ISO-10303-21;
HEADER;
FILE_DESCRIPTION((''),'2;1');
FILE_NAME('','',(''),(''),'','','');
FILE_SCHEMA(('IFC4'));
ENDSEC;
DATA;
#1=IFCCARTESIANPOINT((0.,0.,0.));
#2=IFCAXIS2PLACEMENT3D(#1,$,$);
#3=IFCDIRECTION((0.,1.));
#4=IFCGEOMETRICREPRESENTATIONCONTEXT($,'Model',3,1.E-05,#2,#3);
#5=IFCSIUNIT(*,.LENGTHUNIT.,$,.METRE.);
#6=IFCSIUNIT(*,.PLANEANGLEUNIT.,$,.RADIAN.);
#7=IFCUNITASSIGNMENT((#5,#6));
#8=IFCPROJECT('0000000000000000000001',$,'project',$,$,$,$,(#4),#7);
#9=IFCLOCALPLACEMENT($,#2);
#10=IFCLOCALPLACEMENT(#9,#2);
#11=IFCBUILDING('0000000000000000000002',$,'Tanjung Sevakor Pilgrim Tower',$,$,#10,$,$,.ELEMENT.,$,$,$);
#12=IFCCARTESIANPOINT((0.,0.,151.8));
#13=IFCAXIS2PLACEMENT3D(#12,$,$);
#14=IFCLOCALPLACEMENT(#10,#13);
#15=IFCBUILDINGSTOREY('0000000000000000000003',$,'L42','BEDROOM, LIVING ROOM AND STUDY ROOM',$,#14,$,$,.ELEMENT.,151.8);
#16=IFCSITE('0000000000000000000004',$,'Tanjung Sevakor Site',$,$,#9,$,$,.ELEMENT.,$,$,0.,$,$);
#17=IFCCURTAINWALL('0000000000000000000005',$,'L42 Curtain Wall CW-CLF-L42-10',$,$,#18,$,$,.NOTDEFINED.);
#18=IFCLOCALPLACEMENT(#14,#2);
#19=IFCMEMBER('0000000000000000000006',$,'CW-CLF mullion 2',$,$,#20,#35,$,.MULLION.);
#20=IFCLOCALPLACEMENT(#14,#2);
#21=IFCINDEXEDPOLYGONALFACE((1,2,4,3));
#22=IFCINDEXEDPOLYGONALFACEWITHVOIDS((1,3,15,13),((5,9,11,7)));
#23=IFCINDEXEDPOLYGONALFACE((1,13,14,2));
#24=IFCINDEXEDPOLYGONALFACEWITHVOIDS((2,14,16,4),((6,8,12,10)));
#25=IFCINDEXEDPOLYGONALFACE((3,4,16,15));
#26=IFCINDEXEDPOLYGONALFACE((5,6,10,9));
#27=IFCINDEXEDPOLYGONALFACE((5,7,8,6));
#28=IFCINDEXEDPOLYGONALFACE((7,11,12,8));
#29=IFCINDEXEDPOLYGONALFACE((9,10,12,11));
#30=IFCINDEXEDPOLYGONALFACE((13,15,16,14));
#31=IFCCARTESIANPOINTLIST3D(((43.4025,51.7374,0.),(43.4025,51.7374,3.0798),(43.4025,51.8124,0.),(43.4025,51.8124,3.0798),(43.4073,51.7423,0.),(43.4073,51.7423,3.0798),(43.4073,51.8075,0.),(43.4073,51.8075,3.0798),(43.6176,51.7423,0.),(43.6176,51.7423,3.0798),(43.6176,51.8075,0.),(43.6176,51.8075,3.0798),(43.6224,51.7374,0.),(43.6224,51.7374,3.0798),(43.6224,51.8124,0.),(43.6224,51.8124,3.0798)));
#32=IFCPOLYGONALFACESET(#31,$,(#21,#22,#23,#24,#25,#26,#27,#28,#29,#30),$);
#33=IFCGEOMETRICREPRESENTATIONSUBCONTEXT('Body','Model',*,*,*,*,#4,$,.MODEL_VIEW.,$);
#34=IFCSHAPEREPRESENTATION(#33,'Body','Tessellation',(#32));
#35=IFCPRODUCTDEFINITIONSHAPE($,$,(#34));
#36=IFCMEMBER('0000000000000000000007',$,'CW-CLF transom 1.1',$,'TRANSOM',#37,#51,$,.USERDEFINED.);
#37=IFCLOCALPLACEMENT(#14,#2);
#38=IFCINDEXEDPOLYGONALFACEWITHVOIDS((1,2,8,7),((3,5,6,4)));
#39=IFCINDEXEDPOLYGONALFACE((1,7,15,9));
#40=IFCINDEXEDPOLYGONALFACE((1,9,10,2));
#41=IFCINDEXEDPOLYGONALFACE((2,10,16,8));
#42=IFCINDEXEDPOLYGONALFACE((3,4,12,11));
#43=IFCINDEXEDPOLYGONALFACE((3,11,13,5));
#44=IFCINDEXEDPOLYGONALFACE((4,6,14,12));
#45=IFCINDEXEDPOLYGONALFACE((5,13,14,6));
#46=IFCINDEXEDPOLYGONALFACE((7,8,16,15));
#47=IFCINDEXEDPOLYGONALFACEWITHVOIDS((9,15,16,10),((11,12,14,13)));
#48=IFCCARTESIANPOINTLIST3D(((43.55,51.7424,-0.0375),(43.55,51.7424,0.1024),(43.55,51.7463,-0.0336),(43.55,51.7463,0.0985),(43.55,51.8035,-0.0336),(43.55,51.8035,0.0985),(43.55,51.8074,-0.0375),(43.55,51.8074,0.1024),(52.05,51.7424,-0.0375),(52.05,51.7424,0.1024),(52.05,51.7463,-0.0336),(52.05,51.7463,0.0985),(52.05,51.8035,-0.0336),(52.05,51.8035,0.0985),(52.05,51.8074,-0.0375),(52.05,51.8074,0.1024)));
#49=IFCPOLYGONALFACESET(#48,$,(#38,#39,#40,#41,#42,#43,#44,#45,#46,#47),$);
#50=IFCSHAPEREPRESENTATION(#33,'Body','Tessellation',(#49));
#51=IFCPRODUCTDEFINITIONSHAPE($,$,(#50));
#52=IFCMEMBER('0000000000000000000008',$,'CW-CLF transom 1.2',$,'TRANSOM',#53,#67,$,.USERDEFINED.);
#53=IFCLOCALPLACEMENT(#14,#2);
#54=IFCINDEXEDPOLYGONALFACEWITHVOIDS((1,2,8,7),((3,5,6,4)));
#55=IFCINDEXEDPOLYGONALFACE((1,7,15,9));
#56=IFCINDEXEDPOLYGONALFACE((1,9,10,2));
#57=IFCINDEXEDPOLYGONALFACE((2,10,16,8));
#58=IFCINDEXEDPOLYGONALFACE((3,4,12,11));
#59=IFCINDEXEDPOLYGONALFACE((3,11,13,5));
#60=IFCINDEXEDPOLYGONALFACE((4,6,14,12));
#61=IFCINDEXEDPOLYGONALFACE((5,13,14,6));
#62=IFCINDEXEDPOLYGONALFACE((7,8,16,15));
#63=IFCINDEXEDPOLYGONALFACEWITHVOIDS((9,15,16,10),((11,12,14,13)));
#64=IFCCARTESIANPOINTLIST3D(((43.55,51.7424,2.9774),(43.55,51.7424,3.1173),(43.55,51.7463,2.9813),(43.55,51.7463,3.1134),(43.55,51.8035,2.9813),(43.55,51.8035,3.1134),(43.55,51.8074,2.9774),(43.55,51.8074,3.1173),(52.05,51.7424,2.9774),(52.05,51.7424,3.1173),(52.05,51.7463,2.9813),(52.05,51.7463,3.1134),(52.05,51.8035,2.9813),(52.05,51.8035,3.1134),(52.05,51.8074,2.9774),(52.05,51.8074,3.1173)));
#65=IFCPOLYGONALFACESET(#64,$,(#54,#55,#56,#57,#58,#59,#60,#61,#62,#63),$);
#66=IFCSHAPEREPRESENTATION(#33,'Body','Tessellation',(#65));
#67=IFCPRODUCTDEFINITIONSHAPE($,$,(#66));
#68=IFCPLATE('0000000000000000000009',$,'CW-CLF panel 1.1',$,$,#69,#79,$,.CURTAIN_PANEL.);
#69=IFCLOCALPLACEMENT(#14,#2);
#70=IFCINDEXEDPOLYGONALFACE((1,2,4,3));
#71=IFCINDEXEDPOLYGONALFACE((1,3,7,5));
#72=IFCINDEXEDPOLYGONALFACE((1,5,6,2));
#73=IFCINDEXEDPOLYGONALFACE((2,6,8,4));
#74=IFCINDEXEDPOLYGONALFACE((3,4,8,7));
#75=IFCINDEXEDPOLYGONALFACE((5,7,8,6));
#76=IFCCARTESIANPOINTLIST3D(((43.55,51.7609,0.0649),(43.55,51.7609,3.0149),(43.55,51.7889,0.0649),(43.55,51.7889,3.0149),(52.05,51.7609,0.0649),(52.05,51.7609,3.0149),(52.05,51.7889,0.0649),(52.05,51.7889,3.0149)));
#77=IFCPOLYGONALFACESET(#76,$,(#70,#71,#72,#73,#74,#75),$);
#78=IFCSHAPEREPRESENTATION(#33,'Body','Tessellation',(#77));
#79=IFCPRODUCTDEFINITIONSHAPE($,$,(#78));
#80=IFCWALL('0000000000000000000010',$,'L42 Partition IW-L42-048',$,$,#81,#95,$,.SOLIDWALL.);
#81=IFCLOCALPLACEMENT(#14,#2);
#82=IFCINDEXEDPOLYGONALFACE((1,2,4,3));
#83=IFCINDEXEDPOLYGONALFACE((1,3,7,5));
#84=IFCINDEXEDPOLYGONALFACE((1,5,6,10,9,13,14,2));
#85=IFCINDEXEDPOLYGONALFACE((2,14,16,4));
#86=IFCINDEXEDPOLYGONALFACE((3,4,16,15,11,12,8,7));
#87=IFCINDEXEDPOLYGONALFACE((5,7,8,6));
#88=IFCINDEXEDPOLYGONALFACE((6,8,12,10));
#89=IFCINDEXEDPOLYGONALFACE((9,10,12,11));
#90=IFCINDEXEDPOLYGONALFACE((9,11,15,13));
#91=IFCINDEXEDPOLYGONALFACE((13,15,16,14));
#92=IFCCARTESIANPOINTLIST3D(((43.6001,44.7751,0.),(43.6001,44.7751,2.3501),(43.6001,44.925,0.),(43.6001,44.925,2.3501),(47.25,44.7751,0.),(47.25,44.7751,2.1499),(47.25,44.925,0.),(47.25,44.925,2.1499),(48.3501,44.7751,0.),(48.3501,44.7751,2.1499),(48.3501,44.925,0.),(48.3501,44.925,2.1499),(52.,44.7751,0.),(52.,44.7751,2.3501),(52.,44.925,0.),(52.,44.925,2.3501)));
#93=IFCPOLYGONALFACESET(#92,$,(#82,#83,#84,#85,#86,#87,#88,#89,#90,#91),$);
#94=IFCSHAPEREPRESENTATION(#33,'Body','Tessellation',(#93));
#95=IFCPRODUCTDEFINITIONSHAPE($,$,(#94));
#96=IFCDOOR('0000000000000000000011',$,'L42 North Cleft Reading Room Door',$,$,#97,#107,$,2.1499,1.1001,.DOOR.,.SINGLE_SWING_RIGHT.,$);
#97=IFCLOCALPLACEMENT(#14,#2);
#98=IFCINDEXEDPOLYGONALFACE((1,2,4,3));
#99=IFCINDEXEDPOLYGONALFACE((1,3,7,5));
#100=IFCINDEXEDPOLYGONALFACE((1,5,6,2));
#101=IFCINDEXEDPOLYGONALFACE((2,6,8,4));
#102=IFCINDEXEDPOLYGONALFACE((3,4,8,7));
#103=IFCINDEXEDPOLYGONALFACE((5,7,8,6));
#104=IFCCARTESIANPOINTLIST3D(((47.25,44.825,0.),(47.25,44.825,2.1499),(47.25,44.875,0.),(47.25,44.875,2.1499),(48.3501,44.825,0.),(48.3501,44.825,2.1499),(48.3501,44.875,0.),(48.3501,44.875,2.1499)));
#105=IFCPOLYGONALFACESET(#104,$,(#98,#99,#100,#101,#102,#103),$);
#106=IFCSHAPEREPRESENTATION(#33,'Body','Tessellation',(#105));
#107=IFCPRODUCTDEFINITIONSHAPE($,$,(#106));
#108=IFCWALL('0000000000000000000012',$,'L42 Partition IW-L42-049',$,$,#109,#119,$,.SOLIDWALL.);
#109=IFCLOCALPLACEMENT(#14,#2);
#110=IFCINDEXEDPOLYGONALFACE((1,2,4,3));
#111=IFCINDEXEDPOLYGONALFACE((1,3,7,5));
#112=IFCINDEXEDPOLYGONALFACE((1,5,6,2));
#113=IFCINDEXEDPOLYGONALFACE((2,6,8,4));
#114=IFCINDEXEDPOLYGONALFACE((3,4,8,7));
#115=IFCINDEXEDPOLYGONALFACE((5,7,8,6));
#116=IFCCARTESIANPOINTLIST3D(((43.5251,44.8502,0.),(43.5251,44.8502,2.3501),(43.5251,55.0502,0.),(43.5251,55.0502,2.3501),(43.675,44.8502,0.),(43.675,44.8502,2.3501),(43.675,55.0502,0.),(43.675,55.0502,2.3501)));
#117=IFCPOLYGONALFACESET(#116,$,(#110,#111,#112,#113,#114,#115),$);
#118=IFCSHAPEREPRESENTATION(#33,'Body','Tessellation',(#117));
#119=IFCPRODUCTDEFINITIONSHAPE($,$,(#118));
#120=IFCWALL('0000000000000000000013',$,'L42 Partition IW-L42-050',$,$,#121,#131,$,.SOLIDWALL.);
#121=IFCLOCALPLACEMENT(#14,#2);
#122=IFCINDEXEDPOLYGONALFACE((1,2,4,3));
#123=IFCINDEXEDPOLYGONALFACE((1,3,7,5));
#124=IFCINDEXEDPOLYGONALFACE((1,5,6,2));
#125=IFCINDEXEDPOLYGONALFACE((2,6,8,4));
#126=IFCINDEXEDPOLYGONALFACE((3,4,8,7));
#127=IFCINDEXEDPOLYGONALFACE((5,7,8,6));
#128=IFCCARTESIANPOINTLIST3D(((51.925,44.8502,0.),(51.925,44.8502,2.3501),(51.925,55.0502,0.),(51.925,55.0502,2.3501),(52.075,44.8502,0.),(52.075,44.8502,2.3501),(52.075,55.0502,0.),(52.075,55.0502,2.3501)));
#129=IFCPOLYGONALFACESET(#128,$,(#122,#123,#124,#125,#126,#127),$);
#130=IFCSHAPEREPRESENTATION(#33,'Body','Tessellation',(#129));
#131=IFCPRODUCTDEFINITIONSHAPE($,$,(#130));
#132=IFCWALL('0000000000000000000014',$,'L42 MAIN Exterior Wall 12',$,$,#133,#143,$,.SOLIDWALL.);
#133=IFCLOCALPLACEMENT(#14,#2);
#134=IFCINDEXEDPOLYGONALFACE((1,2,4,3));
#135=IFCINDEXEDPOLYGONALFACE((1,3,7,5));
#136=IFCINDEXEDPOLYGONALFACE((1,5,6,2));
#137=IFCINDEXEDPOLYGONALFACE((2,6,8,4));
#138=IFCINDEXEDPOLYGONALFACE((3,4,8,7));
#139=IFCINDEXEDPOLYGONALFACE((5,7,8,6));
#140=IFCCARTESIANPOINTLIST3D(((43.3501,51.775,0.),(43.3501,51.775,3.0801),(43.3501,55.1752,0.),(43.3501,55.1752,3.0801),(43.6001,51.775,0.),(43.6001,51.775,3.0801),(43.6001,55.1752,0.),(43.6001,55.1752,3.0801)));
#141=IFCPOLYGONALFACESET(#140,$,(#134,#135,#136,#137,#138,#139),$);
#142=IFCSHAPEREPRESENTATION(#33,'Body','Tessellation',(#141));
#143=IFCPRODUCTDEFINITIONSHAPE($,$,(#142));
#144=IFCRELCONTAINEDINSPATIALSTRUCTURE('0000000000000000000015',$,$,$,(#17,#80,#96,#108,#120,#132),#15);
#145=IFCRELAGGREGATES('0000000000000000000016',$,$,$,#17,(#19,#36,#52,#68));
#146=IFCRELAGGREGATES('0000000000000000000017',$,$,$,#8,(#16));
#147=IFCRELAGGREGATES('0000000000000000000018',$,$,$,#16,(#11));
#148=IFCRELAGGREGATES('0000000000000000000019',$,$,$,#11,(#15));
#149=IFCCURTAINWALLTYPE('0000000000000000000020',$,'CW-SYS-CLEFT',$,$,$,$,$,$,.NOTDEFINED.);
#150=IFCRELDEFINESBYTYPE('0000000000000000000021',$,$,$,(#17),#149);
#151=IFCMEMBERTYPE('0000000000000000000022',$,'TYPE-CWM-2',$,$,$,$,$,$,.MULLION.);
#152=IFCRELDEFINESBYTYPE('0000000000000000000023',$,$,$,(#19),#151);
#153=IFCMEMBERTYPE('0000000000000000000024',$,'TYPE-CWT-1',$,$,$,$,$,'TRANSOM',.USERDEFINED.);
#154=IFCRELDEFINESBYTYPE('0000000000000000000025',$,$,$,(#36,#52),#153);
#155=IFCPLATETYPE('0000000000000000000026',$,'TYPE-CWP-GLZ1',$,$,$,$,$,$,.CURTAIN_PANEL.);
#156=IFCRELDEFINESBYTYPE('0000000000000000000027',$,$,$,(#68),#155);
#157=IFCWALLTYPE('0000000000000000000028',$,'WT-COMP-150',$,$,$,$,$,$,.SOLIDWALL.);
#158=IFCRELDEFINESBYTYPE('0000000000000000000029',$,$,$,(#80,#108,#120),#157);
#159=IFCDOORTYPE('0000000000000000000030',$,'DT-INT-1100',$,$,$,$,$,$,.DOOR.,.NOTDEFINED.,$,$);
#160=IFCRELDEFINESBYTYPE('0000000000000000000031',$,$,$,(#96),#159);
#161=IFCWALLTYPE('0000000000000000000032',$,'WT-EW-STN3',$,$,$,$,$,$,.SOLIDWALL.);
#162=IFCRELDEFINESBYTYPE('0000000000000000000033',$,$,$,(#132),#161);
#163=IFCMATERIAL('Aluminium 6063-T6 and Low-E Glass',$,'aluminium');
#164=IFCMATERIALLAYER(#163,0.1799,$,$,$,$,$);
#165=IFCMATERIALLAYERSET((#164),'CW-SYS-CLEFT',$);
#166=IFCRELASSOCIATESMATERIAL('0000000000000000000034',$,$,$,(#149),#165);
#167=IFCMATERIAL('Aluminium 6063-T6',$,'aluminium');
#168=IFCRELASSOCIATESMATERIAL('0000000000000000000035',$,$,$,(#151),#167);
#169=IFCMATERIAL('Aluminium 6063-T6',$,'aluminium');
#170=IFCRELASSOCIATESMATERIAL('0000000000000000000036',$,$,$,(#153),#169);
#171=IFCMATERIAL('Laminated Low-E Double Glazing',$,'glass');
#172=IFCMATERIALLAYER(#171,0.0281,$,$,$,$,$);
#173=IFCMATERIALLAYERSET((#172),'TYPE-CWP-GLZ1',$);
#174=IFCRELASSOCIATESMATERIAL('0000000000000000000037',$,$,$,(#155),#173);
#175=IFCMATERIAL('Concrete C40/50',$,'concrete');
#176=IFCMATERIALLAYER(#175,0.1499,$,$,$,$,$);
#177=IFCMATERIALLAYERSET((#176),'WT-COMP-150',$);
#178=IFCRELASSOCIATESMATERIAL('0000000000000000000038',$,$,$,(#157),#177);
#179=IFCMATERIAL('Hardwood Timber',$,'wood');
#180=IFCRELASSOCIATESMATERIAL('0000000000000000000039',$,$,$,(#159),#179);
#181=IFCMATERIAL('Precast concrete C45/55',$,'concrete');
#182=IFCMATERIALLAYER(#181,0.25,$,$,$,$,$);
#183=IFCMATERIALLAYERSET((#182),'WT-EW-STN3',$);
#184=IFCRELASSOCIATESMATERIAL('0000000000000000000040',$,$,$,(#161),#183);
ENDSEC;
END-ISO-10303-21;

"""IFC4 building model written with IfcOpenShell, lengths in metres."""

from ifc_helpers import new_model, si_unit, direction, frame, frame_2d, origin, origin_2d, place, context, subcontext, project, spatial, rectangle, hollow_rectangle, extrude, material, layer, layer_set, material_profile, profile_set, type_object, element, fill, aggregate, save


model = new_model("IFC4")

# Units and contexts
model_context = context("Model", 3, precision=1e-05, world=origin(), true_north=direction((0.0, 1.0)))
body_context = subcontext(model_context, "Body", "Model", "MODEL_VIEW")
ifc_project = project(units=[si_unit("LENGTHUNIT", "METRE"), si_unit("PLANEANGLEUNIT", "RADIAN")], contexts=[model_context])

# Site, building, storey
site_placement = place(None, origin())
site = spatial("IfcSite", under=ifc_project, at=site_placement, Name="Tanjung Sevakor Site", CompositionType="ELEMENT", RefElevation=0.0)
building_placement = place(site_placement, origin())
building = spatial("IfcBuilding", under=site, at=building_placement, Name="Tanjung Sevakor Pilgrim Tower", CompositionType="ELEMENT")
storey_placement = place(building_placement, frame((0.0, 0.0, 151.8)))
storey = spatial("IfcBuildingStorey", under=building, at=storey_placement, Name="L42", Description="BEDROOM, LIVING ROOM AND STUDY ROOM", CompositionType="ELEMENT", Elevation=151.8)

# Curtain wall, members, plate
ifc_material_1 = material(Name="Aluminium 6063-T6 and Low-E Glass", Category="aluminium")
ifc_layer_1 = layer(ifc_material_1, 0.1799)
ifc_layer_set_1 = layer_set([ifc_layer_1], Name="CW-SYS-CLEFT")
curtain_wall_type = type_object("IfcCurtainWallType", Name="CW-SYS-CLEFT", PredefinedType="NOTDEFINED", material=ifc_layer_set_1)
curtain_wall_placement = place(storey_placement, origin())
curtain_wall = element("IfcCurtainWall", 1, at=curtain_wall_placement, inside=storey, type_object=curtain_wall_type, Name="L42 Curtain Wall CW-CLF-L42-10", PredefinedType="NOTDEFINED")
ifc_material_2 = material(Name="Aluminium 6063-T6", Category="aluminium")
ifc_material_profile_1 = material_profile(ifc_material_2, hollow_rectangle(XDim=0.075, YDim=0.22, WallThickness=0.0049, at=origin_2d()))
ifc_profile_set_1 = profile_set([ifc_material_profile_1], Name="Aluminium 6063-T6")
member_type_1 = type_object("IfcMemberType", Name="TYPE-CWM-2", PredefinedType="MULLION", material=ifc_profile_set_1)
member_1_placement = place(storey_placement, frame((43.5125, 51.7749, 0.0), z_axis=(0.0, 0.0, 1.0), x_axis=(0.0, -1.0, 0.0)))
member_1 = element("IfcMember", 2, at=member_1_placement, type_object=member_type_1, Name="CW-CLF mullion 2", PredefinedType="MULLION", context=body_context, shape_type="SweptSolid", body=[
    extrude(hollow_rectangle(XDim=0.075, YDim=0.22, WallThickness=0.0049, at=origin_2d()), origin(), (0.0, 0.0, 1.0), 3.0798),
])
ifc_material_3 = material(Name="Aluminium 6063-T6", Category="aluminium")
ifc_material_profile_2 = material_profile(ifc_material_3, hollow_rectangle(XDim=0.0649, YDim=0.1399, WallThickness=0.0039, at=origin_2d()))
ifc_profile_set_2 = profile_set([ifc_material_profile_2], Name="Aluminium 6063-T6")
member_type_2 = type_object("IfcMemberType", Name="TYPE-CWT-1", ElementType="TRANSOM", PredefinedType="USERDEFINED", material=ifc_profile_set_2)
member_2_placement = place(storey_placement, frame((52.05, 51.7749, 0.0325), z_axis=(-1.0, 0.0, 0.0), x_axis=(0.0, -1.0, 0.0)))
member_2 = element("IfcMember", 3, at=member_2_placement, type_object=member_type_2, Name="CW-CLF transom 1.1", ObjectType="TRANSOM", PredefinedType="USERDEFINED", context=body_context, shape_type="SweptSolid", body=[
    extrude(hollow_rectangle(XDim=0.0649, YDim=0.1399, WallThickness=0.0039, at=origin_2d()), origin(), (0.0, 0.0, 1.0), 8.5),
])
member_3_placement = place(storey_placement, frame((52.05, 51.7749, 3.0474), z_axis=(-1.0, 0.0, 0.0), x_axis=(0.0, -1.0, 0.0)))
member_3 = element("IfcMember", 4, at=member_3_placement, type_object=member_type_2, Name="CW-CLF transom 1.2", ObjectType="TRANSOM", PredefinedType="USERDEFINED", context=body_context, shape_type="SweptSolid", body=[
    extrude(hollow_rectangle(XDim=0.0649, YDim=0.1399, WallThickness=0.0039, at=origin_2d()), origin(), (0.0, 0.0, 1.0), 8.5),
])
ifc_material_4 = material(Name="Laminated Low-E Double Glazing", Category="glass")
ifc_layer_2 = layer(ifc_material_4, 0.0281)
ifc_layer_set_2 = layer_set([ifc_layer_2], Name="TYPE-CWP-GLZ1")
plate_type = type_object("IfcPlateType", Name="TYPE-CWP-GLZ1", PredefinedType="CURTAIN_PANEL", material=ifc_layer_set_2)
plate_placement = place(storey_placement, frame((47.8, 51.7749, 0.0649), z_axis=(0.0, 0.0, 1.0), x_axis=(-1.0, 0.0, 0.0)))
plate = element("IfcPlate", 5, at=plate_placement, type_object=plate_type, Name="CW-CLF panel 1.1", PredefinedType="CURTAIN_PANEL", context=body_context, shape_type="SweptSolid", body=[
    extrude(rectangle(XDim=8.5, YDim=0.0281, at=origin_2d()), origin(), (0.0, 0.0, 1.0), 2.95),
])
aggregate(curtain_wall, [member_1, member_2, member_3, plate])

# Wall, opening, door
ifc_material_5 = material(Name="Concrete C40/50", Category="concrete")
ifc_layer_3 = layer(ifc_material_5, 0.1499)
ifc_layer_set_3 = layer_set([ifc_layer_3], Name="WT-COMP-150")
wall_type_1 = type_object("IfcWallType", Name="WT-COMP-150", PredefinedType="SOLIDWALL", material=ifc_layer_set_3)
wall_1_placement = place(storey_placement, frame((43.6001, 44.8501, 0.0), z_axis=(0.0, 0.0, 1.0), x_axis=(1.0, 0.0, 0.0)))
wall_1 = element("IfcWall", 6, at=wall_1_placement, inside=storey, type_object=wall_type_1, Name="L42 Partition IW-L42-048", PredefinedType="SOLIDWALL", context=body_context, shape_type="SweptSolid", body=[
    extrude(rectangle(XDim=8.3999, YDim=0.1499, at=frame_2d((4.2, 0.0))), origin(), (0.0, 0.0, 1.0), 2.3501),
])
opening_1_placement = place(wall_1_placement, frame((3.6499, 0.0, 0.0)))
opening_1 = element("IfcOpeningElement", 7, at=opening_1_placement, cuts=wall_1, PredefinedType="OPENING", context=body_context, shape_type="SweptSolid", body=[
    extrude(rectangle(XDim=1.1001, YDim=2.1499, at=frame_2d((0.55, 1.075))), frame((0.0, 0.085, 0.0), z_axis=(0.0, -1.0, 0.0), x_axis=(1.0, 0.0, 0.0)), (0.0, 0.0, 1.0), 0.1699),
])
ifc_material_6 = material(Name="Hardwood Timber", Category="wood")
door_type_1 = type_object("IfcDoorType", Name="DT-INT-1100", OperationType="NOTDEFINED", PredefinedType="DOOR", material=ifc_material_6)
door_1_placement = place(opening_1_placement, origin())
door_1 = element("IfcDoor", 8, at=door_1_placement, inside=storey, type_object=door_type_1, Name="L42 North Cleft Reading Room Door", OperationType="SINGLE_SWING_RIGHT", OverallHeight=2.1499, OverallWidth=1.1001, PredefinedType="DOOR", context=body_context, shape_type="SweptSolid", body=[
    extrude(rectangle(XDim=1.1001, YDim=2.1499, at=frame_2d((0.55, 1.075))), frame((0.0, 0.0249, 0.0), z_axis=(0.0, -1.0, 0.0), x_axis=(1.0, 0.0, 0.0)), (0.0, 0.0, 1.0), 0.05),
])
fill(opening_1, door_1)

# Walls
for number, where, z_axis, x_axis, name in (
    (9, (43.6001, 44.8501, 0.0), (0.0, 0.0, 1.0), (0.0, 1.0, 0.0), "L42 Partition IW-L42-049"),
    (10, (52.0, 44.8501, 0.0), (0.0, 0.0, 1.0), (0.0, 1.0, 0.0), "L42 Partition IW-L42-050"),
):
    element("IfcWall", number, at=place(storey_placement, frame(where, z_axis=z_axis, x_axis=x_axis)), inside=storey, type_object=wall_type_1, Name=name, PredefinedType="SOLIDWALL", context=body_context, shape_type="SweptSolid", body=[
        extrude(rectangle(XDim=10.2, YDim=0.1499, at=frame_2d((5.1001, 0.0))), origin(), (0.0, 0.0, 1.0), 2.3501),
    ])
ifc_material_7 = material(Name="Precast concrete C45/55", Category="concrete")
ifc_layer_4 = layer(ifc_material_7, 0.25)
ifc_layer_set_4 = layer_set([ifc_layer_4], Name="WT-EW-STN3")
wall_type_2 = type_object("IfcWallType", Name="WT-EW-STN3", PredefinedType="SOLIDWALL", material=ifc_layer_set_4)
wall_2_placement = place(storey_placement, frame((43.4751, 51.7749, 0.0), z_axis=(0.0, 0.0, 1.0), x_axis=(0.0, 1.0, 0.0)))
element("IfcWall", 11, at=wall_2_placement, inside=storey, type_object=wall_type_2, Name="L42 MAIN Exterior Wall 12", PredefinedType="SOLIDWALL", context=body_context, shape_type="SweptSolid", body=[
    extrude(rectangle(XDim=3.4001, YDim=0.25, at=frame_2d((1.7002, 0.0))), origin(), (0.0, 0.0, 1.0), 3.0801),
])

save(model, "model.ifc")
